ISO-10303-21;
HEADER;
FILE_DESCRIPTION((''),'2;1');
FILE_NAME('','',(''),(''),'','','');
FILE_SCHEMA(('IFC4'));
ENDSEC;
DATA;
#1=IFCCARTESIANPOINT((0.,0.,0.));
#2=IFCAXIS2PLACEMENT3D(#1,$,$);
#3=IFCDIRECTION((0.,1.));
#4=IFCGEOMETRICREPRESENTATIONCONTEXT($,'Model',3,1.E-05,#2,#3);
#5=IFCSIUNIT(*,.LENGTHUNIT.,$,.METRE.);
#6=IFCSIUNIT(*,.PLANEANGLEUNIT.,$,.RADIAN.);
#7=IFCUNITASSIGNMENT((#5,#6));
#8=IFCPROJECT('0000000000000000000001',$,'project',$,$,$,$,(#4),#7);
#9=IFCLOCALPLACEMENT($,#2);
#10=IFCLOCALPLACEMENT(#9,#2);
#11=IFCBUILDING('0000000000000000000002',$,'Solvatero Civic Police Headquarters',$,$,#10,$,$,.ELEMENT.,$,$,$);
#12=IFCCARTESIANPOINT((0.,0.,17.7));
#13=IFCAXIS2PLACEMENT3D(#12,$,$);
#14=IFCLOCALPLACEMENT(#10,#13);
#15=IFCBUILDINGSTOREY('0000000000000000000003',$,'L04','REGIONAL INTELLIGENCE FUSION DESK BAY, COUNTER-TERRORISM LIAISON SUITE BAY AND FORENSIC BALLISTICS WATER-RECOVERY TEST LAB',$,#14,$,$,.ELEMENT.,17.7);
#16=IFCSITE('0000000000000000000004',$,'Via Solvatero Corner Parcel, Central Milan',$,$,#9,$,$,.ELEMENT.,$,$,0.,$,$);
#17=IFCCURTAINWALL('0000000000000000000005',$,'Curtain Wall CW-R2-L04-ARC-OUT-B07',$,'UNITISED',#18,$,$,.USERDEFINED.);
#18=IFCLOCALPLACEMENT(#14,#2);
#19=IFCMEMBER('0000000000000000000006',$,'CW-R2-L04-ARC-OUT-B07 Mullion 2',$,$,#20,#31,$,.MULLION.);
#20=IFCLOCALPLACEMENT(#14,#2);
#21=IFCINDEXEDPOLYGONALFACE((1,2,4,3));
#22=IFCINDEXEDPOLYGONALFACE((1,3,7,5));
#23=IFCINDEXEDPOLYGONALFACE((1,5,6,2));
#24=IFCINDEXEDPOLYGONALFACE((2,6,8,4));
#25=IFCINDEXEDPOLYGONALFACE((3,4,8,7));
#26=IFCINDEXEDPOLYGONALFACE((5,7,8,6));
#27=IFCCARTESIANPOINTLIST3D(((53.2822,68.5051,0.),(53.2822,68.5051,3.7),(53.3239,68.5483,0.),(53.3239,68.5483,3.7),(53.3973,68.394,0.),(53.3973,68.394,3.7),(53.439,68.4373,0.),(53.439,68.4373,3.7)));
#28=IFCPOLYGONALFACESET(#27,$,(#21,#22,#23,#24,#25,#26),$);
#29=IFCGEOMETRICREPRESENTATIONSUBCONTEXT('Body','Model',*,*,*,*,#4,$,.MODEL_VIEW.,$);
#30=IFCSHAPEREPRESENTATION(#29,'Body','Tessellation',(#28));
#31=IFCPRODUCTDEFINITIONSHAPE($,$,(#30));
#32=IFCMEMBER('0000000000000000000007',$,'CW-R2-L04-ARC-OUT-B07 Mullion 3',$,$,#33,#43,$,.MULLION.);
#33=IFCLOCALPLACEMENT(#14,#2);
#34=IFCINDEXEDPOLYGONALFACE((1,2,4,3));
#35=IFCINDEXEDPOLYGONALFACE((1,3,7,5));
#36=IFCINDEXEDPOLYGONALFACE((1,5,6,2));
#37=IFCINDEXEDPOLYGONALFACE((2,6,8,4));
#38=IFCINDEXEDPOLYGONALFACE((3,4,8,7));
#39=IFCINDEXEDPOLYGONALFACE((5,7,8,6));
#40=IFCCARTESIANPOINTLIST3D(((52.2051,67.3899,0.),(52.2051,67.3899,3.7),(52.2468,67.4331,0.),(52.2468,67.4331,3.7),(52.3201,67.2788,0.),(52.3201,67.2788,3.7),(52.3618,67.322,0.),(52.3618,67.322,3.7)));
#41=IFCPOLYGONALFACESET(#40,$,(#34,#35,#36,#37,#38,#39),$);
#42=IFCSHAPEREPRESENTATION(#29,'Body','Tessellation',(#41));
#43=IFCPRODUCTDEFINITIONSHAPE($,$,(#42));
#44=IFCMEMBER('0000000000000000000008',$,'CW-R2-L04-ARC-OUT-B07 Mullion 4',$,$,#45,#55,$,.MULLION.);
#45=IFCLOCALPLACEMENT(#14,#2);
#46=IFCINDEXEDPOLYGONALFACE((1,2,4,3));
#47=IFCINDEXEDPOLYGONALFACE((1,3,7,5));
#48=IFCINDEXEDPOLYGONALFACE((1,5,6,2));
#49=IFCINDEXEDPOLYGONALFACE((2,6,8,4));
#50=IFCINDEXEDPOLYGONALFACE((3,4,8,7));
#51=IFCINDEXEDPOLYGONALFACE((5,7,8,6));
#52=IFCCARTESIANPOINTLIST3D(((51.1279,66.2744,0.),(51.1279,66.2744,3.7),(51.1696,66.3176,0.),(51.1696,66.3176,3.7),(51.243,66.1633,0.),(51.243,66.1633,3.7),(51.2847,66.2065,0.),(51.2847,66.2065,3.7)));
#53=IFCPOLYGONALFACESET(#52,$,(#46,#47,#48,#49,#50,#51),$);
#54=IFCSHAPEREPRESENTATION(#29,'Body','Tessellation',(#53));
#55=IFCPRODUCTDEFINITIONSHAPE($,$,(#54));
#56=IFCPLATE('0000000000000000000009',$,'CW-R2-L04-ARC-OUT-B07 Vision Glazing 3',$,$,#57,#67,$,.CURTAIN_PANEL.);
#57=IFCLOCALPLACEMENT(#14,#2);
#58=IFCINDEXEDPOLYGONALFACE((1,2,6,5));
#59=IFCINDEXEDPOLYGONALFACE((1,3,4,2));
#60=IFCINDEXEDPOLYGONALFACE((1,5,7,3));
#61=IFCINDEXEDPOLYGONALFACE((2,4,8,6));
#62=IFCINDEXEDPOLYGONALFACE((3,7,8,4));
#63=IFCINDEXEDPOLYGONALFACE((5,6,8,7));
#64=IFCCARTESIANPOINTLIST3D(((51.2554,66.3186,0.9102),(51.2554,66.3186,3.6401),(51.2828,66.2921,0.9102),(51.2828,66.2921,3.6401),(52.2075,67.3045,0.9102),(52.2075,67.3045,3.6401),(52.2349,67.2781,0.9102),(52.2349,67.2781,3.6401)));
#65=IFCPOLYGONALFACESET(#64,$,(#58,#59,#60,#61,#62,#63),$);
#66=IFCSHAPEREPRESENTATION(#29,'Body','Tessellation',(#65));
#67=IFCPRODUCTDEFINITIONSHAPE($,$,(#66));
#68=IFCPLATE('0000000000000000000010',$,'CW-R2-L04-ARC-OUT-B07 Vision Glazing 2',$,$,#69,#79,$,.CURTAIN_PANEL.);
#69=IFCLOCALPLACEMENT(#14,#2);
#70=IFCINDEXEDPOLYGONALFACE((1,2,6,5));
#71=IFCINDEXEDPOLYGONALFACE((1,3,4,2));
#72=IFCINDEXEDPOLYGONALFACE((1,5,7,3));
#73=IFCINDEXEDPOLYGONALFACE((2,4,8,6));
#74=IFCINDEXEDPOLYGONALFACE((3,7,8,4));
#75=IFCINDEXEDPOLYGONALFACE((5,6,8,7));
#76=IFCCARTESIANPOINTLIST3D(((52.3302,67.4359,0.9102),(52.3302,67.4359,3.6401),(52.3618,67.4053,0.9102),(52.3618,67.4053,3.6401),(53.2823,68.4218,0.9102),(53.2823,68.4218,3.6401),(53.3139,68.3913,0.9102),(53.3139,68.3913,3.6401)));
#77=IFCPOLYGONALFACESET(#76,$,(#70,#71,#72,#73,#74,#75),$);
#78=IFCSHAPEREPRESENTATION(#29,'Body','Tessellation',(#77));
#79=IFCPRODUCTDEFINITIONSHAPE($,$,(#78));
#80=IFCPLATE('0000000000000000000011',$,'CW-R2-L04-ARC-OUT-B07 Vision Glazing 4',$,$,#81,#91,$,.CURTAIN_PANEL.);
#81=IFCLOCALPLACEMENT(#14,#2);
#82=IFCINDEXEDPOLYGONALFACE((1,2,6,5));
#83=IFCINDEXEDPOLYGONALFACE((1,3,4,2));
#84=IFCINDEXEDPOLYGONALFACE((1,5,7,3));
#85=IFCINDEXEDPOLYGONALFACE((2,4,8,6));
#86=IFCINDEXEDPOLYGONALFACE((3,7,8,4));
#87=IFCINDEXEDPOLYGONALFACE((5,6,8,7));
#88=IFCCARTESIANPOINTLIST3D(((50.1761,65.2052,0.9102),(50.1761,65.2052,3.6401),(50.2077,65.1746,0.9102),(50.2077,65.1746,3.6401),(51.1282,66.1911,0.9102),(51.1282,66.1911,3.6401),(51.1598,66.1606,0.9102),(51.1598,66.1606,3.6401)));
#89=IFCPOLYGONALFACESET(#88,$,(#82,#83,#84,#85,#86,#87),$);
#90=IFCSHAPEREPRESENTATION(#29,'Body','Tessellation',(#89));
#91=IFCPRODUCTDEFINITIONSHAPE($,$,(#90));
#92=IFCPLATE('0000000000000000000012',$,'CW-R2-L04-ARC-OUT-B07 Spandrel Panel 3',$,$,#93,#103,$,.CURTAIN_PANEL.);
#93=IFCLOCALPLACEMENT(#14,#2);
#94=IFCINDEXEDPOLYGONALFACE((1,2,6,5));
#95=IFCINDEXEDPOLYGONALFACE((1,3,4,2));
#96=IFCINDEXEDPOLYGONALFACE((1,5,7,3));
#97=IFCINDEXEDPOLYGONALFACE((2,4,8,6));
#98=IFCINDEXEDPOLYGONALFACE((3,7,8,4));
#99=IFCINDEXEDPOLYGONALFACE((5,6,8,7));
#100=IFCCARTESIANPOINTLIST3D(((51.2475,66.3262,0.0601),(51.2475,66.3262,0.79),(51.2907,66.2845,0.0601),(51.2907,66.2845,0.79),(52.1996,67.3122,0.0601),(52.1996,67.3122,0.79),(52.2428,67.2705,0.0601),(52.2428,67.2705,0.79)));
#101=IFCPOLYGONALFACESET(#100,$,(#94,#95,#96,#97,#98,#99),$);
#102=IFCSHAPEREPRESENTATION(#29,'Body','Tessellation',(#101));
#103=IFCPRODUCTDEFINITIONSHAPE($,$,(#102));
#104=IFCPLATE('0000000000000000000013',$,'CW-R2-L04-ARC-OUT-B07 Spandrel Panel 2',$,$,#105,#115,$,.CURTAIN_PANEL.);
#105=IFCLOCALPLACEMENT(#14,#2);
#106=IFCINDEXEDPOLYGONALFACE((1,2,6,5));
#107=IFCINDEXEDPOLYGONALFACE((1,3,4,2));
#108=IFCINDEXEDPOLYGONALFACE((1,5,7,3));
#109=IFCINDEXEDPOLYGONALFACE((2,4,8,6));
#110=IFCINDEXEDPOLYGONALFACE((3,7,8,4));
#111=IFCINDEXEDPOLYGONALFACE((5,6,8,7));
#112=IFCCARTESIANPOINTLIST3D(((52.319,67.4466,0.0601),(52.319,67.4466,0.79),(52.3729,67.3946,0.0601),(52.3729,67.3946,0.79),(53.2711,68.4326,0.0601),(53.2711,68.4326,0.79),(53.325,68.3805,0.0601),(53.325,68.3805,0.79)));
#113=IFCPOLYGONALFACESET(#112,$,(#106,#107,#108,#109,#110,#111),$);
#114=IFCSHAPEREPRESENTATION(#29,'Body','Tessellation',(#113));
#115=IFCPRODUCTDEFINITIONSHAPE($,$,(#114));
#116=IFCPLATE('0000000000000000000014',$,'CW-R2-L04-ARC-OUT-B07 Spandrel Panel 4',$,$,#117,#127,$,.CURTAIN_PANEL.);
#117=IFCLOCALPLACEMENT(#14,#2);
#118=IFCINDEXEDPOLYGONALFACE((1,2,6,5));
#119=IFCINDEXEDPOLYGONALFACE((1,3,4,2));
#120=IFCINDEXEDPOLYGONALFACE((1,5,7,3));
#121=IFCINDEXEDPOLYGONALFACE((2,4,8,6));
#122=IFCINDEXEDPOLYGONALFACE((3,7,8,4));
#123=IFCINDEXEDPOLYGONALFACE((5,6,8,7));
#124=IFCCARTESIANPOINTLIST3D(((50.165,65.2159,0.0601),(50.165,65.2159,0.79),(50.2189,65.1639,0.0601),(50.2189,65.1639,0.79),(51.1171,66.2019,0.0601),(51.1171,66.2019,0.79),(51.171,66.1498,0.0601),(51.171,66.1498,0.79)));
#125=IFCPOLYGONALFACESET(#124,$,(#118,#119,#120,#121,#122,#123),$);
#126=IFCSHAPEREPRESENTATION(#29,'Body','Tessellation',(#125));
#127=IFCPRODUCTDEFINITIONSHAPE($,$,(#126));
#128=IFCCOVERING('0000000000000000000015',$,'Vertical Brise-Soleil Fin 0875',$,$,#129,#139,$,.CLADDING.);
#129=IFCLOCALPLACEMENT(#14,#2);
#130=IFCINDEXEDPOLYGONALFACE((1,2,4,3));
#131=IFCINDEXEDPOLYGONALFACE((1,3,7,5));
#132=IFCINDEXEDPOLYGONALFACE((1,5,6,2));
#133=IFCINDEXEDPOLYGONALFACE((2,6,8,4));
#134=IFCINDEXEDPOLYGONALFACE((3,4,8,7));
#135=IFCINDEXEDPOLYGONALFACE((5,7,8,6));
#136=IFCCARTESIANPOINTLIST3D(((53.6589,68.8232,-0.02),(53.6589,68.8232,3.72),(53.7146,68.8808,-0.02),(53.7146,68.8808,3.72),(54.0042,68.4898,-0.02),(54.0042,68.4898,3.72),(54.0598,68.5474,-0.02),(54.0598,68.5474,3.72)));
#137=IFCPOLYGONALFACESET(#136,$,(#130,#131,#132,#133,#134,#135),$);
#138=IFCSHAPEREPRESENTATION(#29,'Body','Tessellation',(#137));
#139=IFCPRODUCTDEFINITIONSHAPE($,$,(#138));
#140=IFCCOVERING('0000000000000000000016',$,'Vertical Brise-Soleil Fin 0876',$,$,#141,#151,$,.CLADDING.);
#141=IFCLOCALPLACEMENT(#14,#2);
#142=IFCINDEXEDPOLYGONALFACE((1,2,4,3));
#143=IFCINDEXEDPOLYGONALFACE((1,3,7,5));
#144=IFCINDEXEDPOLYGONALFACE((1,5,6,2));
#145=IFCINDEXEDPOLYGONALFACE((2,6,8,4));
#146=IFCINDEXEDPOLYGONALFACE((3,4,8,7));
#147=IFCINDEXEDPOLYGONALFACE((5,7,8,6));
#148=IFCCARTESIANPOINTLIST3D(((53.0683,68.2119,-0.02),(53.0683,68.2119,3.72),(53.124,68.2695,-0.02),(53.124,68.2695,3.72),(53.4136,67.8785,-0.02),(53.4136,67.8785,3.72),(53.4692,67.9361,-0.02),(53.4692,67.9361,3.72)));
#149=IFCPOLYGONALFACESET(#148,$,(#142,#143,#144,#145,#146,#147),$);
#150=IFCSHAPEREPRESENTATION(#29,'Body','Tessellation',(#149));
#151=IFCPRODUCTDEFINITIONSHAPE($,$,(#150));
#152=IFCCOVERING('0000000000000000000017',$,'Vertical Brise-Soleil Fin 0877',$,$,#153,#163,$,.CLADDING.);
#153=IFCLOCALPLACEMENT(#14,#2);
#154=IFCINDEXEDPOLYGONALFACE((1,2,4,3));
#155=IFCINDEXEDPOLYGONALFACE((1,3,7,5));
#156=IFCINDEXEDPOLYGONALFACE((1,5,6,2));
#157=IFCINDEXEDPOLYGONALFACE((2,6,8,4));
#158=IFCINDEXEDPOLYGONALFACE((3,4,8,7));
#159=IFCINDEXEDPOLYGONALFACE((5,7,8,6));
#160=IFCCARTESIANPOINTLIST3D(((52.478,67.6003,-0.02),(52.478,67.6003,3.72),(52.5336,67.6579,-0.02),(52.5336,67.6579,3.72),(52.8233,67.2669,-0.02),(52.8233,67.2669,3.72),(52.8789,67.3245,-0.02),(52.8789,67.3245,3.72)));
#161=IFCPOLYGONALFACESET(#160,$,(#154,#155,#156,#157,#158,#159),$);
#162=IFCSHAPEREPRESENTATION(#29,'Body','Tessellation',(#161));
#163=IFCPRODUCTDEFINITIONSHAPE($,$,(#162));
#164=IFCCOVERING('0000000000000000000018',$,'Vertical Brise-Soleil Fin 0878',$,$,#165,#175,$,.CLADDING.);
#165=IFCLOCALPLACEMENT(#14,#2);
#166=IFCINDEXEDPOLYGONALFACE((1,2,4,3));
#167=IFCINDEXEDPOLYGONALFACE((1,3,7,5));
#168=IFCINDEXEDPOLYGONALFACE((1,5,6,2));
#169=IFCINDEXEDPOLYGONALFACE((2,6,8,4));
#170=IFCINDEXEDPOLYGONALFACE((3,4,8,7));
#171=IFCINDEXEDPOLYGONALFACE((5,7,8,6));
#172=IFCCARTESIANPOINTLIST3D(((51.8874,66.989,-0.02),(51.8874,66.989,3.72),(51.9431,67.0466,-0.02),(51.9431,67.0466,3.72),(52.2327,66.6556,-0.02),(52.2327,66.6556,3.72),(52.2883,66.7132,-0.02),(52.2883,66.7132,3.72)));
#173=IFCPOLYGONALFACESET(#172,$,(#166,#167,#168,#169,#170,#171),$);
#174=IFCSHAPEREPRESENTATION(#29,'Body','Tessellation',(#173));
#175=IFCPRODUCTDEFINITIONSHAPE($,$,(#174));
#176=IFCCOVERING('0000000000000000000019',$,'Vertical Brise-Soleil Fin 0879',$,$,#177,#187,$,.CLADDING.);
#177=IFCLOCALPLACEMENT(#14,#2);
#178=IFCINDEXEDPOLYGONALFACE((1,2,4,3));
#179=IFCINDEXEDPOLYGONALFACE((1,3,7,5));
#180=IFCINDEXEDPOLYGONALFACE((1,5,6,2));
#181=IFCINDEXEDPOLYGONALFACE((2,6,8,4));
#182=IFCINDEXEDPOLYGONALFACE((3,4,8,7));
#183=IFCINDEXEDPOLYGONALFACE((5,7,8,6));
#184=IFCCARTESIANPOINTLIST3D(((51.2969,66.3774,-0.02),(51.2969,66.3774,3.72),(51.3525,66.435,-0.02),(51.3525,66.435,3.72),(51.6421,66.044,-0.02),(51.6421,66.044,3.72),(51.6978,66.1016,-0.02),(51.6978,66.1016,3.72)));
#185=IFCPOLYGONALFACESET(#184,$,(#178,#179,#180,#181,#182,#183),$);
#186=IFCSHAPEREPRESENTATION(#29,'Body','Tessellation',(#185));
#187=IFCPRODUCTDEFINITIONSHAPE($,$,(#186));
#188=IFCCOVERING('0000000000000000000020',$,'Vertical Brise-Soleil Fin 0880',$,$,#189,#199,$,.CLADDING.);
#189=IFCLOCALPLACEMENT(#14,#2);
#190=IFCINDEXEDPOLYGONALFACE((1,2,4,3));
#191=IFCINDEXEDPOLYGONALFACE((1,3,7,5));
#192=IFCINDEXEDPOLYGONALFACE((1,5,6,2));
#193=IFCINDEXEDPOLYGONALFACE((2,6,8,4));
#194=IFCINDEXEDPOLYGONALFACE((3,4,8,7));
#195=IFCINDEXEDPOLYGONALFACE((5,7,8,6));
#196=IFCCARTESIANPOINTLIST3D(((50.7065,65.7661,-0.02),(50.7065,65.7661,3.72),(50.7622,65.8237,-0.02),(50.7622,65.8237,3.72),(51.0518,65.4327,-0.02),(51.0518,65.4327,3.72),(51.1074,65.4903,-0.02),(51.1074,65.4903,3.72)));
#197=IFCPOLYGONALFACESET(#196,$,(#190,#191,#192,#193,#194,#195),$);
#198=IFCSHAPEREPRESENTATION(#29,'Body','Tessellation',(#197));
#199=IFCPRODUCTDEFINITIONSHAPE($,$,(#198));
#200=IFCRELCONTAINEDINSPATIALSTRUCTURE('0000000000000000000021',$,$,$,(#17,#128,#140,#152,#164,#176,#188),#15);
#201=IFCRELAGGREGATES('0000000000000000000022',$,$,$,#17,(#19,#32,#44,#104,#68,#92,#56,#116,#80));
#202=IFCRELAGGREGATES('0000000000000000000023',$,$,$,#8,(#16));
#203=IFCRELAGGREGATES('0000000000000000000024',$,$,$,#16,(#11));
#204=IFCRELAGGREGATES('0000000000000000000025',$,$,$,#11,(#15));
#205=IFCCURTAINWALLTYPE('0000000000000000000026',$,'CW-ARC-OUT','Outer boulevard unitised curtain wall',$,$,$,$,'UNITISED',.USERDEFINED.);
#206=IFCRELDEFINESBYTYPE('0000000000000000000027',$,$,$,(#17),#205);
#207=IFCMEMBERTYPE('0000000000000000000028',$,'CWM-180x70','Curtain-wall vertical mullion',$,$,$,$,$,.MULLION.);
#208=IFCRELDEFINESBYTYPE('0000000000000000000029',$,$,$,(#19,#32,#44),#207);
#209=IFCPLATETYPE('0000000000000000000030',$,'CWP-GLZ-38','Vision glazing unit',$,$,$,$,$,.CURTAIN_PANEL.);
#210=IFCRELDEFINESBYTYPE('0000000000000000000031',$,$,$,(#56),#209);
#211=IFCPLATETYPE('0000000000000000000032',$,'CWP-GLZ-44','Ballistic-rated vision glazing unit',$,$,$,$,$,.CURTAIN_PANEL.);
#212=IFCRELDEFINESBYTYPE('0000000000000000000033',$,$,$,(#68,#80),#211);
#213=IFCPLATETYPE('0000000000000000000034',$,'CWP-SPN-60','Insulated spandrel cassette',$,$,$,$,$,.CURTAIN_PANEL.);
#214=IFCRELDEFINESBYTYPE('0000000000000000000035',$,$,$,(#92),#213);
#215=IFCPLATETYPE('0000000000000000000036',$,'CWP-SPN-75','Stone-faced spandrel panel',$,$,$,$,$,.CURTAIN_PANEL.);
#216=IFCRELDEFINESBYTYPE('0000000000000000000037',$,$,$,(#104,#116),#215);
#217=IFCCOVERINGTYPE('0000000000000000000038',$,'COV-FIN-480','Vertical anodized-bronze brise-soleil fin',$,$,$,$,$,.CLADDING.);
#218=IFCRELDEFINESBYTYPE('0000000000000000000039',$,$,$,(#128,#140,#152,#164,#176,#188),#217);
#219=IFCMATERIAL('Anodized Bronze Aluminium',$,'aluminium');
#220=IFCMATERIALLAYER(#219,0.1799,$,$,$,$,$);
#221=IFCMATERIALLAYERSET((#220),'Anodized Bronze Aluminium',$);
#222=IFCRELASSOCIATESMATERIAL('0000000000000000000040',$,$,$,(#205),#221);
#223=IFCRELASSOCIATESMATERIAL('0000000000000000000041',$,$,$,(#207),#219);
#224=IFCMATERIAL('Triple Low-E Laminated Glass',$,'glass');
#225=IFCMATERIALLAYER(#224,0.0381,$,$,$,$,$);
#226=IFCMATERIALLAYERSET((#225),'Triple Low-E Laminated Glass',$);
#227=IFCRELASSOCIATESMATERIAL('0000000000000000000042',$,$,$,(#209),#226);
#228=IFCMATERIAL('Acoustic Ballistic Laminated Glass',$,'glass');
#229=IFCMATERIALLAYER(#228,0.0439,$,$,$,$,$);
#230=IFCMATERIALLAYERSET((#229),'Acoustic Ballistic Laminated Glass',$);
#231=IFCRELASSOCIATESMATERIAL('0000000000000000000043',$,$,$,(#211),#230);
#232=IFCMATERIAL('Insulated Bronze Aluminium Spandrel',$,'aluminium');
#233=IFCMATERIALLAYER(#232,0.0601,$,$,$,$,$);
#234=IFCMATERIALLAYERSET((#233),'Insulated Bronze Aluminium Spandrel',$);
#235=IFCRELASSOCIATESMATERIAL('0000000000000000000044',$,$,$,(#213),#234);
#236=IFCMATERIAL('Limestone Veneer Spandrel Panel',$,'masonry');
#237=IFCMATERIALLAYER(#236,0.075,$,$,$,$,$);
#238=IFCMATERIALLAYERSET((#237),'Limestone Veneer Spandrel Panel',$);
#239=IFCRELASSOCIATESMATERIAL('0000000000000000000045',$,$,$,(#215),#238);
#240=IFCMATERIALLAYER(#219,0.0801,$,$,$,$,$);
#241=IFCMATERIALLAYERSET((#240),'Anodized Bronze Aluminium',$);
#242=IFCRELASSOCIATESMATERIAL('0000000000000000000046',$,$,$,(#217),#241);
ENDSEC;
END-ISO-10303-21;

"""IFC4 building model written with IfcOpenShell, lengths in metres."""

from ifc_helpers import new_model, si_unit, direction, frame, origin, origin_2d, place, context, subcontext, project, spatial, rectangle, extrude, material, layer, layer_set, material_profile, profile_set, type_object, element, aggregate, save


model = new_model("IFC4")

# Units and contexts
model_context = context("Model", 3, precision=1e-05, world=origin(), true_north=direction((0.0, 1.0)))
body_context = subcontext(model_context, "Body", "Model", "MODEL_VIEW")
ifc_project = project(units=[si_unit("LENGTHUNIT", "METRE"), si_unit("PLANEANGLEUNIT", "RADIAN")], contexts=[model_context])

# Site, building, storey
site_placement = place(None, origin())
site = spatial("IfcSite", under=ifc_project, at=site_placement, Name="Via Solvatero Corner Parcel, Central Milan", CompositionType="ELEMENT", RefElevation=0.0)
building_placement = place(site_placement, origin())
building = spatial("IfcBuilding", under=site, at=building_placement, Name="Solvatero Civic Police Headquarters", CompositionType="ELEMENT")
storey_placement = place(building_placement, frame((0.0, 0.0, 17.7)))
storey = spatial("IfcBuildingStorey", under=building, at=storey_placement, Name="L04", Description="REGIONAL INTELLIGENCE FUSION DESK BAY, COUNTER-TERRORISM LIAISON SUITE BAY AND FORENSIC BALLISTICS WATER-RECOVERY TEST LAB", CompositionType="ELEMENT", Elevation=17.7)

# Curtain wall, members, plates
ifc_material_1 = material(Name="Anodized Bronze Aluminium", Category="aluminium")
ifc_layer_1 = layer(ifc_material_1, 0.1799)
ifc_layer_set_1 = layer_set([ifc_layer_1], Name="Anodized Bronze Aluminium")
curtain_wall_type = type_object("IfcCurtainWallType", Name="CW-ARC-OUT", Description="Outer boulevard unitised curtain wall", ElementType="UNITISED", PredefinedType="USERDEFINED", material=ifc_layer_set_1)
curtain_wall_placement = place(storey_placement, origin())
curtain_wall = element("IfcCurtainWall", 1, at=curtain_wall_placement, inside=storey, type_object=curtain_wall_type, Name="Curtain Wall CW-R2-L04-ARC-OUT-B07", ObjectType="UNITISED", PredefinedType="USERDEFINED")
ifc_material_profile = material_profile(ifc_material_1, rectangle(XDim=0.0601, YDim=0.1599, at=origin_2d()), Name="ALU MULLION 60x160")
ifc_profile_set = profile_set([ifc_material_profile], Name="Anodized Bronze Aluminium")
member_type = type_object("IfcMemberType", Name="CWM-180x70", Description="Curtain-wall vertical mullion", PredefinedType="MULLION", material=ifc_profile_set)
member_1_placement = place(storey_placement, frame((53.3606, 68.4712, 0.0), z_axis=(0.0, 0.0, 1.0), x_axis=(-0.694646, -0.719352, 0.0)))
member_1 = element("IfcMember", 2, at=member_1_placement, type_object=member_type, Name="CW-R2-L04-ARC-OUT-B07 Mullion 2", PredefinedType="MULLION", context=body_context, shape_type="SweptSolid", body=[
    extrude(rectangle(XDim=0.0601, YDim=0.1599, at=origin_2d()), origin(), (0.0, 0.0, 1.0), 3.7),
])
member_2_placement = place(storey_placement, frame((52.2834, 67.356, 0.0), z_axis=(0.0, 0.0, 1.0), x_axis=(-0.694646, -0.719352, 0.0)))
member_2 = element("IfcMember", 3, at=member_2_placement, type_object=member_type, Name="CW-R2-L04-ARC-OUT-B07 Mullion 3", PredefinedType="MULLION", context=body_context, shape_type="SweptSolid", body=[
    extrude(rectangle(XDim=0.0601, YDim=0.1599, at=origin_2d()), origin(), (0.0, 0.0, 1.0), 3.7),
])
member_3_placement = place(storey_placement, frame((51.2063, 66.2405, 0.0), z_axis=(0.0, 0.0, 1.0), x_axis=(-0.694646, -0.719352, 0.0)))
member_3 = element("IfcMember", 4, at=member_3_placement, type_object=member_type, Name="CW-R2-L04-ARC-OUT-B07 Mullion 4", PredefinedType="MULLION", context=body_context, shape_type="SweptSolid", body=[
    extrude(rectangle(XDim=0.0601, YDim=0.1599, at=origin_2d()), origin(), (0.0, 0.0, 1.0), 3.7),
])
ifc_material_2 = material(Name="Triple Low-E Laminated Glass", Category="glass")
ifc_layer_2 = layer(ifc_material_2, 0.0381)
ifc_layer_set_2 = layer_set([ifc_layer_2], Name="Triple Low-E Laminated Glass")
plate_type_1 = type_object("IfcPlateType", Name="CWP-GLZ-38", Description="Vision glazing unit", PredefinedType="CURTAIN_PANEL", material=ifc_layer_set_2)
plate_1_placement = place(storey_placement, frame((51.7451, 66.7983, 0.9102), z_axis=(0.0, 0.0, 1.0), x_axis=(-0.694646, -0.719352, 0.0)))
plate_1 = element("IfcPlate", 5, at=plate_1_placement, type_object=plate_type_1, Name="CW-R2-L04-ARC-OUT-B07 Vision Glazing 3", PredefinedType="CURTAIN_PANEL", context=body_context, shape_type="SweptSolid", body=[
    extrude(rectangle(XDim=1.3706, YDim=0.0381, at=origin_2d()), origin(), (0.0, 0.0, 1.0), 2.73),
])
ifc_material_3 = material(Name="Acoustic Ballistic Laminated Glass", Category="glass")
ifc_layer_3 = layer(ifc_material_3, 0.0439)
ifc_layer_set_3 = layer_set([ifc_layer_3], Name="Acoustic Ballistic Laminated Glass")
plate_type_2 = type_object("IfcPlateType", Name="CWP-GLZ-44", Description="Ballistic-rated vision glazing unit", PredefinedType="CURTAIN_PANEL", material=ifc_layer_set_3)
plate_2_placement = place(storey_placement, frame((52.822, 67.9136, 0.9102), z_axis=(0.0, 0.0, 1.0), x_axis=(-0.694646, -0.719352, 0.0)))
plate_2 = element("IfcPlate", 6, at=plate_2_placement, type_object=plate_type_2, Name="CW-R2-L04-ARC-OUT-B07 Vision Glazing 2", PredefinedType="CURTAIN_PANEL", context=body_context, shape_type="SweptSolid", body=[
    extrude(rectangle(XDim=1.3706, YDim=0.0439, at=origin_2d()), origin(), (0.0, 0.0, 1.0), 2.73),
])
plate_3_placement = place(storey_placement, frame((50.668, 65.6829, 0.9102), z_axis=(0.0, 0.0, 1.0), x_axis=(-0.694646, -0.719352, 0.0)))
plate_3 = element("IfcPlate", 7, at=plate_3_placement, type_object=plate_type_2, Name="CW-R2-L04-ARC-OUT-B07 Vision Glazing 4", PredefinedType="CURTAIN_PANEL", context=body_context, shape_type="SweptSolid", body=[
    extrude(rectangle(XDim=1.3706, YDim=0.0439, at=origin_2d()), origin(), (0.0, 0.0, 1.0), 2.73),
])
ifc_material_4 = material(Name="Insulated Bronze Aluminium Spandrel", Category="aluminium")
ifc_layer_4 = layer(ifc_material_4, 0.0601)
ifc_layer_set_4 = layer_set([ifc_layer_4], Name="Insulated Bronze Aluminium Spandrel")
plate_type_3 = type_object("IfcPlateType", Name="CWP-SPN-60", Description="Insulated spandrel cassette", PredefinedType="CURTAIN_PANEL", material=ifc_layer_set_4)
plate_4_placement = place(storey_placement, frame((51.7451, 66.7983, 0.0601), z_axis=(0.0, 0.0, 1.0), x_axis=(-0.694646, -0.719352, 0.0)))
plate_4 = element("IfcPlate", 8, at=plate_4_placement, type_object=plate_type_3, Name="CW-R2-L04-ARC-OUT-B07 Spandrel Panel 3", PredefinedType="CURTAIN_PANEL", context=body_context, shape_type="SweptSolid", body=[
    extrude(rectangle(XDim=1.3706, YDim=0.0601, at=origin_2d()), origin(), (0.0, 0.0, 1.0), 0.73),
])
ifc_material_5 = material(Name="Limestone Veneer Spandrel Panel", Category="masonry")
ifc_layer_5 = layer(ifc_material_5, 0.075)
ifc_layer_set_5 = layer_set([ifc_layer_5], Name="Limestone Veneer Spandrel Panel")
plate_type_4 = type_object("IfcPlateType", Name="CWP-SPN-75", Description="Stone-faced spandrel panel", PredefinedType="CURTAIN_PANEL", material=ifc_layer_set_5)
plate_5_placement = place(storey_placement, frame((52.822, 67.9136, 0.0601), z_axis=(0.0, 0.0, 1.0), x_axis=(-0.694646, -0.719352, 0.0)))
plate_5 = element("IfcPlate", 9, at=plate_5_placement, type_object=plate_type_4, Name="CW-R2-L04-ARC-OUT-B07 Spandrel Panel 2", PredefinedType="CURTAIN_PANEL", context=body_context, shape_type="SweptSolid", body=[
    extrude(rectangle(XDim=1.3706, YDim=0.075, at=origin_2d()), origin(), (0.0, 0.0, 1.0), 0.73),
])
plate_6_placement = place(storey_placement, frame((50.668, 65.6829, 0.0601), z_axis=(0.0, 0.0, 1.0), x_axis=(-0.694646, -0.719352, 0.0)))
plate_6 = element("IfcPlate", 10, at=plate_6_placement, type_object=plate_type_4, Name="CW-R2-L04-ARC-OUT-B07 Spandrel Panel 4", PredefinedType="CURTAIN_PANEL", context=body_context, shape_type="SweptSolid", body=[
    extrude(rectangle(XDim=1.3706, YDim=0.075, at=origin_2d()), origin(), (0.0, 0.0, 1.0), 0.73),
])
aggregate(curtain_wall, [member_1, member_2, member_3, plate_5, plate_2, plate_4, plate_1, plate_6, plate_3])

# Coverings
ifc_layer_6 = layer(ifc_material_1, 0.0801)
ifc_layer_set_6 = layer_set([ifc_layer_6], Name="Anodized Bronze Aluminium")
covering_type = type_object("IfcCoveringType", Name="COV-FIN-480", Description="Vertical anodized-bronze brise-soleil fin", PredefinedType="CLADDING", material=ifc_layer_set_6)
for number, where, z_axis, x_axis, name in (
    (11, (53.8594, 68.6853, -0.02), (0.0, 0.0, 1.0), (-0.694646, -0.719352, 0.0), "Vertical Brise-Soleil Fin 0875"),
    (12, (53.2688, 68.074, -0.02), (0.0, 0.0, 1.0), (-0.694646, -0.719352, 0.0), "Vertical Brise-Soleil Fin 0876"),
    (13, (52.6785, 67.4624, -0.02), (0.0, 0.0, 1.0), (-0.694646, -0.719352, 0.0), "Vertical Brise-Soleil Fin 0877"),
    (14, (52.0879, 66.8511, -0.02), (0.0, 0.0, 1.0), (-0.694646, -0.719352, 0.0), "Vertical Brise-Soleil Fin 0878"),
    (15, (51.4973, 66.2395, -0.02), (0.0, 0.0, 1.0), (-0.694646, -0.719352, 0.0), "Vertical Brise-Soleil Fin 0879"),
    (16, (50.907, 65.6282, -0.02), (0.0, 0.0, 1.0), (-0.694646, -0.719352, 0.0), "Vertical Brise-Soleil Fin 0880"),
):
    element("IfcCovering", number, at=place(storey_placement, frame(where, z_axis=z_axis, x_axis=x_axis)), inside=storey, type_object=covering_type, Name=name, PredefinedType="CLADDING", context=body_context, shape_type="SweptSolid", body=[
        extrude(rectangle(XDim=0.0801, YDim=0.48, at=origin_2d()), origin(), (0.0, 0.0, 1.0), 3.74),
    ])

save(model, "model.ifc")
